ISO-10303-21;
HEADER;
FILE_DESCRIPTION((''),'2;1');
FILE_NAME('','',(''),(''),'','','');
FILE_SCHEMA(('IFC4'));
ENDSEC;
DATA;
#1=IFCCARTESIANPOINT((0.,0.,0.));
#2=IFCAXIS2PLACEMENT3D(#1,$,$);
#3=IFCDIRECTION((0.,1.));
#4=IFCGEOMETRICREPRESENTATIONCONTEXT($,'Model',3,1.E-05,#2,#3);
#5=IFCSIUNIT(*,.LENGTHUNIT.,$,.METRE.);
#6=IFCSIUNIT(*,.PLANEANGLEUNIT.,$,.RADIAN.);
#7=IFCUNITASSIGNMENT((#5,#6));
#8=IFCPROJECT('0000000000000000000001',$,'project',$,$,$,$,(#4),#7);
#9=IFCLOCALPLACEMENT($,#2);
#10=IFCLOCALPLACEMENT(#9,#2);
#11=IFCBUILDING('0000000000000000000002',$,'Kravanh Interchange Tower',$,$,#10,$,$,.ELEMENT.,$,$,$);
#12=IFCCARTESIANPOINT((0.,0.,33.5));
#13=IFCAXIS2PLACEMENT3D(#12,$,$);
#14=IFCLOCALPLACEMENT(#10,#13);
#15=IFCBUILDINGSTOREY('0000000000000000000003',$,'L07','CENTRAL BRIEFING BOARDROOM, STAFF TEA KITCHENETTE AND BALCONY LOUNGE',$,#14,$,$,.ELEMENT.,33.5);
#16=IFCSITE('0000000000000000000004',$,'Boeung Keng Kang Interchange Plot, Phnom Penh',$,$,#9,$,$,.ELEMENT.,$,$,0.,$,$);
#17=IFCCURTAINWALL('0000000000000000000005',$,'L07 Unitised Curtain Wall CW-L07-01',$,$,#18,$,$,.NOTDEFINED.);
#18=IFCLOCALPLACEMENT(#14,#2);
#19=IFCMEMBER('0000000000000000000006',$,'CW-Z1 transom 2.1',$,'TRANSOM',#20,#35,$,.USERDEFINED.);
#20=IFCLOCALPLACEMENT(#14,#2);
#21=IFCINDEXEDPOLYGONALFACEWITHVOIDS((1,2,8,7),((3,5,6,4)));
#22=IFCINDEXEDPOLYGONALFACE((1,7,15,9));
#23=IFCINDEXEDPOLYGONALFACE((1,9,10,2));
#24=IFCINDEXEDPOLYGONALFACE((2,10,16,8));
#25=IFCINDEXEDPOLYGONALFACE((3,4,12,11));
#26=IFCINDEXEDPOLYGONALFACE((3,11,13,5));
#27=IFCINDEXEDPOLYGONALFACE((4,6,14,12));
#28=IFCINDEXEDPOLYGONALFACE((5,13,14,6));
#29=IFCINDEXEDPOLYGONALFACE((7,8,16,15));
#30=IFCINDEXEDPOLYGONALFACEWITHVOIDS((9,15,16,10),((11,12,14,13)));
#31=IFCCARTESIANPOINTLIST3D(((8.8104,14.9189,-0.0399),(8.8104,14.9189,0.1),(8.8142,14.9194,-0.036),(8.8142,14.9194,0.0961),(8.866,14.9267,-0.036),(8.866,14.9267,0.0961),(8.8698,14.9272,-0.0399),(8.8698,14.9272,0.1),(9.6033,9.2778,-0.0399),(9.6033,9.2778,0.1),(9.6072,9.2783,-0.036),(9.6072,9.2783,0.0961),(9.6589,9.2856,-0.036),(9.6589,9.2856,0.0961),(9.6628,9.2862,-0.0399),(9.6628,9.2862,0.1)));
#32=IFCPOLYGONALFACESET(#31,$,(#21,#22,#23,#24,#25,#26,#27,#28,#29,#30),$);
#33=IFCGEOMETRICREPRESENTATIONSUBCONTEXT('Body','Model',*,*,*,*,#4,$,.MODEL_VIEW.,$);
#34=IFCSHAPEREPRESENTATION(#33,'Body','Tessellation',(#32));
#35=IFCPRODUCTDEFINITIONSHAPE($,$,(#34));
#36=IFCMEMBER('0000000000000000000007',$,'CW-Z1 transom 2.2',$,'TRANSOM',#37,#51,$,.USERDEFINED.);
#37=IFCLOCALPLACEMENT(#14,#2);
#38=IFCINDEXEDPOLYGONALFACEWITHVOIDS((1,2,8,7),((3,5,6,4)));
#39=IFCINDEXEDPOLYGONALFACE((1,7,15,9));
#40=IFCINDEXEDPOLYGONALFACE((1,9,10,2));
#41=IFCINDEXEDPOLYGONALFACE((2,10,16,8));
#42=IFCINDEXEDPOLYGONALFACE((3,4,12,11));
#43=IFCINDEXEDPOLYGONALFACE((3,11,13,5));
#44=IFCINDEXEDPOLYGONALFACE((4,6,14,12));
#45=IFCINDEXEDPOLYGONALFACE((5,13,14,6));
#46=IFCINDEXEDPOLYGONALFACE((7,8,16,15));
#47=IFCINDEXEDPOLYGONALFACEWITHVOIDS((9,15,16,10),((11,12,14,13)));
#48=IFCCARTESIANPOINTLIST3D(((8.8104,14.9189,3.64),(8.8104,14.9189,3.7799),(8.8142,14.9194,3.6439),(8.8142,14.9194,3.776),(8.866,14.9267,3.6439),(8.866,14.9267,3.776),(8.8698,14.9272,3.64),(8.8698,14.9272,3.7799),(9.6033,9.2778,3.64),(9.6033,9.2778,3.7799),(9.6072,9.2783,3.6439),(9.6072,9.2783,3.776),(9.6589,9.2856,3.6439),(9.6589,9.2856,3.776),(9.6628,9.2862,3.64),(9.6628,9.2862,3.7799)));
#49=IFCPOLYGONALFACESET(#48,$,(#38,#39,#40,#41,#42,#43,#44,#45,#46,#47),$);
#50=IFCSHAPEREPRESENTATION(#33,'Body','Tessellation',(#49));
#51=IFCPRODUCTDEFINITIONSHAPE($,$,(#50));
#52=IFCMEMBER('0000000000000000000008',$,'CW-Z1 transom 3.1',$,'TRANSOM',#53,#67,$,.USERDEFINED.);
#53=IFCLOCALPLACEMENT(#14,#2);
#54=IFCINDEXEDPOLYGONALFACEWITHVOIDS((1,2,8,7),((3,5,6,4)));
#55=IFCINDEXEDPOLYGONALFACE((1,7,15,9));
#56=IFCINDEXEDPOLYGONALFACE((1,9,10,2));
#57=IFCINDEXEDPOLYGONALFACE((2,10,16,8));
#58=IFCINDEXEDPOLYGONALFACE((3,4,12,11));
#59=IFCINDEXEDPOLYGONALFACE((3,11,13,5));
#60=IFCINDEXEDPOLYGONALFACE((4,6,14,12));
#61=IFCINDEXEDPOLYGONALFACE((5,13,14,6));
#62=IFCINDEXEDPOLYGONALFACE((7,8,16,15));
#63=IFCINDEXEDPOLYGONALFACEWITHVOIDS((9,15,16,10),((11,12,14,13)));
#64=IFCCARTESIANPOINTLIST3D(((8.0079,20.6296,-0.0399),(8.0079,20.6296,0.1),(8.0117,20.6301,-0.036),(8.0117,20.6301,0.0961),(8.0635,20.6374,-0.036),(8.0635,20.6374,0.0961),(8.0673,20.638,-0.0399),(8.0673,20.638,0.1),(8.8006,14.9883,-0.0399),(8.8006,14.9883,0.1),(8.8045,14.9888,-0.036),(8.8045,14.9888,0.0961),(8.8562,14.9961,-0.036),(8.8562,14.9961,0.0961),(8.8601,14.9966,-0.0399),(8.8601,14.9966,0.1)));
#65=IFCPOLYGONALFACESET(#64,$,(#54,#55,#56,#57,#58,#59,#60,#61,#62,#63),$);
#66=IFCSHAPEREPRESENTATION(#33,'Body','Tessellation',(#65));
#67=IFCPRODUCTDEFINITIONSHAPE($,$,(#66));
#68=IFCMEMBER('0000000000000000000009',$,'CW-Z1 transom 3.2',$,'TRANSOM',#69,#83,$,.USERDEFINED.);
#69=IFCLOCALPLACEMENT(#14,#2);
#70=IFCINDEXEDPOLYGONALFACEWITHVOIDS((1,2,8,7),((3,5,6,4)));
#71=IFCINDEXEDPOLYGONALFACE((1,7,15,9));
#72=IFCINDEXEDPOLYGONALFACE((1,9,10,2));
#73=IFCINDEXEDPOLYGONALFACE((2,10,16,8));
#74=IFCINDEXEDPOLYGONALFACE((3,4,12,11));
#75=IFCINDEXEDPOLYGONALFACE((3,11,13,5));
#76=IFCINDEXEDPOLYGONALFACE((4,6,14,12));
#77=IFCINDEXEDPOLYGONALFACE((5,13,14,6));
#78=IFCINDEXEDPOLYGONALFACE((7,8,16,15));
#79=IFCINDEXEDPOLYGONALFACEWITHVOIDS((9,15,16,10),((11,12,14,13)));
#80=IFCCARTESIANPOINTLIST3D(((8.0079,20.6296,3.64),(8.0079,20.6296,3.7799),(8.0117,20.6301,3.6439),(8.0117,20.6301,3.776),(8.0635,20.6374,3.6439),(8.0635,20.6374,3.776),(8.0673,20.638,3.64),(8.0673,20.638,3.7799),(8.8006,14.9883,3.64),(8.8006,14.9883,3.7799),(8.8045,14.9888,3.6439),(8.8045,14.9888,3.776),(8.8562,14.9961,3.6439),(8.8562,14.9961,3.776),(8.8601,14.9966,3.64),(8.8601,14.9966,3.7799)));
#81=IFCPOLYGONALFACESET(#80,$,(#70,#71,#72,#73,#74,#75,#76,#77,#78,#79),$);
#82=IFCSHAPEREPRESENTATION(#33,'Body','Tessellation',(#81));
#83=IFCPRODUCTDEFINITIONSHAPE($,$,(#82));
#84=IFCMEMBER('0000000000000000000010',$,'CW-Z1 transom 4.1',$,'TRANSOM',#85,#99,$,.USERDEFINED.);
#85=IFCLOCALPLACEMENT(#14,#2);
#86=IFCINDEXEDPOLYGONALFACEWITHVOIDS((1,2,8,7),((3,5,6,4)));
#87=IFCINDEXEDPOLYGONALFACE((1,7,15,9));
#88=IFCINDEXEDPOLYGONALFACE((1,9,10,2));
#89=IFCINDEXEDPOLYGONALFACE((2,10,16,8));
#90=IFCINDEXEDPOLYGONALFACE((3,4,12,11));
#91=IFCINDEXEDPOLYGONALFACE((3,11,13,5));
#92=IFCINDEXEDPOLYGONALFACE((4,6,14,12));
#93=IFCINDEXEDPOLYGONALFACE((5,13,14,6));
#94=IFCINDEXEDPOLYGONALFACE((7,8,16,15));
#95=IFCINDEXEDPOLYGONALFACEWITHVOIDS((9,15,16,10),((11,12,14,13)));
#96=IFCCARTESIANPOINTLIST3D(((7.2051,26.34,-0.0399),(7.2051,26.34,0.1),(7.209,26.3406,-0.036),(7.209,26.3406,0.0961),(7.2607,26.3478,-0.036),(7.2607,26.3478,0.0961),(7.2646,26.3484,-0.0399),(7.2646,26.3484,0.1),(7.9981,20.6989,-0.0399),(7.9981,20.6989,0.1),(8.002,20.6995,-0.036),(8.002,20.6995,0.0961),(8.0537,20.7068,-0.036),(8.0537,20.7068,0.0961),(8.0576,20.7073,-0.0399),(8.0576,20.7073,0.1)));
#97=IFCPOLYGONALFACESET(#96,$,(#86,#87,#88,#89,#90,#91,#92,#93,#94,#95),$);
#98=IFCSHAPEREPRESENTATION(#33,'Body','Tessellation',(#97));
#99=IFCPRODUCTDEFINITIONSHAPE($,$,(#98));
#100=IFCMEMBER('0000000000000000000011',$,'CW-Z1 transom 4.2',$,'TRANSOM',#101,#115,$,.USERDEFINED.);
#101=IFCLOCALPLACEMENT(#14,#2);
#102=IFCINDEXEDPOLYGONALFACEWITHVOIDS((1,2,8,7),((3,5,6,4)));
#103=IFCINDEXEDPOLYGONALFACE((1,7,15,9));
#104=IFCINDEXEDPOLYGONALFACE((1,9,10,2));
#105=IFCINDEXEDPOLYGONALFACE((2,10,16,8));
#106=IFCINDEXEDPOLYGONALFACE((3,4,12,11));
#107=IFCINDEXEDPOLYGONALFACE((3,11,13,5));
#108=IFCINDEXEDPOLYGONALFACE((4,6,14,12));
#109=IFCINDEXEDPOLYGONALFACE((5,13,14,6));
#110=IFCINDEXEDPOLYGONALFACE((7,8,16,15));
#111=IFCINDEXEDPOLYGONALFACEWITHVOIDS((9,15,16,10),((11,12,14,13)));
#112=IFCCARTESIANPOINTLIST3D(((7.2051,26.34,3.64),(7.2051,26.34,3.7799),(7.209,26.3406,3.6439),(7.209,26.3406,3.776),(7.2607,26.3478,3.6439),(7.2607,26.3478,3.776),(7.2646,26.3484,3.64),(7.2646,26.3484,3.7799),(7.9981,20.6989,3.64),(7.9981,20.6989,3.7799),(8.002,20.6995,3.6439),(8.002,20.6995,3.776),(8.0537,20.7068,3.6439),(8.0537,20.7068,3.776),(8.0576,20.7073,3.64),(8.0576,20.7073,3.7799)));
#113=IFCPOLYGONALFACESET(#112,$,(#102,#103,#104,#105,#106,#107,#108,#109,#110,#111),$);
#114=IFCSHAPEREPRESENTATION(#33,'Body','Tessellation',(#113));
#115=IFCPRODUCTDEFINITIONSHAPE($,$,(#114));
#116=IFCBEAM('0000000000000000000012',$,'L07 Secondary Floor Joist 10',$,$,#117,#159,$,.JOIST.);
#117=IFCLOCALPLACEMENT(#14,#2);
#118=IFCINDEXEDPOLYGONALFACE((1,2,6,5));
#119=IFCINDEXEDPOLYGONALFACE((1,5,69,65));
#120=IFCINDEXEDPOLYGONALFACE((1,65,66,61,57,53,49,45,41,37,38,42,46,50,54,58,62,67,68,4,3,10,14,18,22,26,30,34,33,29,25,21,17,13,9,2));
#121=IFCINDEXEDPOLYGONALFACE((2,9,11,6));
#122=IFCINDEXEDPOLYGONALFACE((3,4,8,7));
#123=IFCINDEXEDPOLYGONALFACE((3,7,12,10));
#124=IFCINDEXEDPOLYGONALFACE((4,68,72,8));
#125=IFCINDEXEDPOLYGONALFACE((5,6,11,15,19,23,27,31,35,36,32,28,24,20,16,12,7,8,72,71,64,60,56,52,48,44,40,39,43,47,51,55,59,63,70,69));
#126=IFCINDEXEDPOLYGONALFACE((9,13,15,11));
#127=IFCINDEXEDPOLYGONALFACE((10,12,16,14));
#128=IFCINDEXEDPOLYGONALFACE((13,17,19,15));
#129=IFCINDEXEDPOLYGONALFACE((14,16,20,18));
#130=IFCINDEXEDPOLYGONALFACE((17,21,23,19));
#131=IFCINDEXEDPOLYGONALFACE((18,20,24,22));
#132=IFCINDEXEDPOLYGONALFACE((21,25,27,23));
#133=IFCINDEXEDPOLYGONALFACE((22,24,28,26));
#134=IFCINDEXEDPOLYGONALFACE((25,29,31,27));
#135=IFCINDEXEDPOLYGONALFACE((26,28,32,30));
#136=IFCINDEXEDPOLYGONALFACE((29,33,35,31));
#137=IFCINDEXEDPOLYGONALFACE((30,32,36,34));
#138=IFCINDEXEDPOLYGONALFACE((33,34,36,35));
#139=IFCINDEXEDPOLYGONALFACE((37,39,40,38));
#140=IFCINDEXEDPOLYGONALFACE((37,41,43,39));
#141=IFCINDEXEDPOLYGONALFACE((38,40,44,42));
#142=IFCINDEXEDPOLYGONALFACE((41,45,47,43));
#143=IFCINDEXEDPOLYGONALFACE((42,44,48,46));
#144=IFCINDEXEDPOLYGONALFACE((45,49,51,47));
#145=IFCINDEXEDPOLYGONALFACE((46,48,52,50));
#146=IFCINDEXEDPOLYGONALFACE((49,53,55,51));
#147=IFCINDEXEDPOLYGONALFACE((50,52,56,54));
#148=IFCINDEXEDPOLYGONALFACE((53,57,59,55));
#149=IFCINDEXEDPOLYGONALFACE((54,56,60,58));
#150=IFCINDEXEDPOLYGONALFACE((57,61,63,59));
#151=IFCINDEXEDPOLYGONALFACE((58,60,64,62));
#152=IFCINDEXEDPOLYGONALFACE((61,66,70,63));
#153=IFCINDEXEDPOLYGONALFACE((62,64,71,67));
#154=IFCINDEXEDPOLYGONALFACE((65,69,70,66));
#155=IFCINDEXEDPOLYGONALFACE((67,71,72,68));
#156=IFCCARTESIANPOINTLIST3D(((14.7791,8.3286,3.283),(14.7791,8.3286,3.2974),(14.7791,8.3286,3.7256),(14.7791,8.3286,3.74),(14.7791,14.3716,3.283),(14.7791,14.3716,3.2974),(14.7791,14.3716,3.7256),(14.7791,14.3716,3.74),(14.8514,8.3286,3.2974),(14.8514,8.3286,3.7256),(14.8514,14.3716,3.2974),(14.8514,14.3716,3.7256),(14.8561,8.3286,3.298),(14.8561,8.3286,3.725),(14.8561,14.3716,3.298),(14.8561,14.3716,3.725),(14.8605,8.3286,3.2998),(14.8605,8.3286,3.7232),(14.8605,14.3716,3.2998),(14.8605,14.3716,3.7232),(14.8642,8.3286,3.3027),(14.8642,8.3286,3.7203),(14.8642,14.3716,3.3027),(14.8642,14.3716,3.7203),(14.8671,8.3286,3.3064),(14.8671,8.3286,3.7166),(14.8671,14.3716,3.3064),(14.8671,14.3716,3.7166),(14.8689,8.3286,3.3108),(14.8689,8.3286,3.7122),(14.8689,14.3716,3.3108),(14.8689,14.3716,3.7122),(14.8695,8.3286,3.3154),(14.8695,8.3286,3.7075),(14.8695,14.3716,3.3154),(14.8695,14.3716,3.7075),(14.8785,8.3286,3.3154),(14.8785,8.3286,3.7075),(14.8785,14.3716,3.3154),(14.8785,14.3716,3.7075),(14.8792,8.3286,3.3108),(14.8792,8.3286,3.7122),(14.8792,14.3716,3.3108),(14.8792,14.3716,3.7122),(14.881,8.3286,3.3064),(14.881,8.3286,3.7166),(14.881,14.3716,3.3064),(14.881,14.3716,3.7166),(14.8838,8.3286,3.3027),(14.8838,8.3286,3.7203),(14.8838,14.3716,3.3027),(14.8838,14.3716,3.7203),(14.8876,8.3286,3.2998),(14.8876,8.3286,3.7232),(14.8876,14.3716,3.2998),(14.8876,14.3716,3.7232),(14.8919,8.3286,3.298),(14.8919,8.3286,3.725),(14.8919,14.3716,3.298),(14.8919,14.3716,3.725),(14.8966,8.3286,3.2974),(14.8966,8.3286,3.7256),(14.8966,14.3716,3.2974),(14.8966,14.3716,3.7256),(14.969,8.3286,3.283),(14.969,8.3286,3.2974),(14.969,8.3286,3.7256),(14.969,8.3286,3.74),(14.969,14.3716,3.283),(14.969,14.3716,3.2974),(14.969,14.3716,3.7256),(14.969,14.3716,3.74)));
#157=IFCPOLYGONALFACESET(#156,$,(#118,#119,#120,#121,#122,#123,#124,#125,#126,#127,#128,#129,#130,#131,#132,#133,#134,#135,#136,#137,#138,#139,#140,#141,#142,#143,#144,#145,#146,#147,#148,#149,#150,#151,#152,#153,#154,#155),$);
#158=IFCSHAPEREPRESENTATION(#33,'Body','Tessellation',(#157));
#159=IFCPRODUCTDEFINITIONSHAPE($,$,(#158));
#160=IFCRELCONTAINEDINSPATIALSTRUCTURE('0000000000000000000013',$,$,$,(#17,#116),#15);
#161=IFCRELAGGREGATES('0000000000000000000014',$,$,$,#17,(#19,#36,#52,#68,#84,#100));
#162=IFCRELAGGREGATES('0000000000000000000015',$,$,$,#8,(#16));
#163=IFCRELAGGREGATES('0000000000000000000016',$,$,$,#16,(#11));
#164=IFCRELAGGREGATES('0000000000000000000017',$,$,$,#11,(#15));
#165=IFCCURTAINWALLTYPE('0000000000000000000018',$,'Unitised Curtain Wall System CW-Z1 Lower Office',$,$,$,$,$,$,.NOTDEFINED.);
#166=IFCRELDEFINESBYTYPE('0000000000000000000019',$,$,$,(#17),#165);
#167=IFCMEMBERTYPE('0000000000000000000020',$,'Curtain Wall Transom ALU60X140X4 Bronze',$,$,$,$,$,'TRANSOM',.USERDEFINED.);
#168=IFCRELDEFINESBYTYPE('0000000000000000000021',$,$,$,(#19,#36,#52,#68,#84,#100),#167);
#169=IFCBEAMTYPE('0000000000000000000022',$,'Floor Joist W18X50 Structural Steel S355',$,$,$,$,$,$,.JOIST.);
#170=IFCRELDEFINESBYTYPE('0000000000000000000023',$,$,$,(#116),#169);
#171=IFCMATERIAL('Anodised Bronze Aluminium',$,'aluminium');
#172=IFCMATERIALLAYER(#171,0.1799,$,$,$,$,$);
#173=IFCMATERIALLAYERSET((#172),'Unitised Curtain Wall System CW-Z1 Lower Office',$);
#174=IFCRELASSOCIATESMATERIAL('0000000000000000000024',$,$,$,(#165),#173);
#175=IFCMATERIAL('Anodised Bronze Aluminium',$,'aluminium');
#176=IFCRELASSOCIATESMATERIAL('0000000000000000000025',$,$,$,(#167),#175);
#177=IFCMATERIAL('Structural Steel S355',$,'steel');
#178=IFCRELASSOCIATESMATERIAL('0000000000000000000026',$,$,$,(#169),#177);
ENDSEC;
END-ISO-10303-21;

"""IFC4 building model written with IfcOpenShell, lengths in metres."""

from ifc_helpers import new_model, si_unit, direction, frame, origin, origin_2d, place, context, subcontext, project, spatial, hollow_rectangle, i_section, extrude, material, layer, layer_set, material_profile, profile_set, type_object, element, aggregate, save


model = new_model("IFC4")

# Units and contexts
model_context = context("Model", 3, precision=1e-05, world=origin(), true_north=direction((0.0, 1.0)))
body_context = subcontext(model_context, "Body", "Model", "MODEL_VIEW")
ifc_project = project(units=[si_unit("LENGTHUNIT", "METRE"), si_unit("PLANEANGLEUNIT", "RADIAN")], contexts=[model_context])

# Site, building, storey
site_placement = place(None, origin())
site = spatial("IfcSite", under=ifc_project, at=site_placement, Name="Boeung Keng Kang Interchange Plot, Phnom Penh", CompositionType="ELEMENT", RefElevation=0.0)
building_placement = place(site_placement, origin())
building = spatial("IfcBuilding", under=site, at=building_placement, Name="Kravanh Interchange Tower", CompositionType="ELEMENT")
storey_placement = place(building_placement, frame((0.0, 0.0, 33.5)))
storey = spatial("IfcBuildingStorey", under=building, at=storey_placement, Name="L07", Description="CENTRAL BRIEFING BOARDROOM, STAFF TEA KITCHENETTE AND BALCONY LOUNGE", CompositionType="ELEMENT", Elevation=33.5)

# Curtain wall, members
ifc_material_1 = material(Name="Anodised Bronze Aluminium", Category="aluminium")
ifc_layer_1 = layer(ifc_material_1, 0.1799)
ifc_layer_set_1 = layer_set([ifc_layer_1], Name="Unitised Curtain Wall System CW-Z1 Lower Office")
curtain_wall_type = type_object("IfcCurtainWallType", Name="Unitised Curtain Wall System CW-Z1 Lower Office", PredefinedType="NOTDEFINED", material=ifc_layer_set_1)
curtain_wall_placement = place(storey_placement, origin())
curtain_wall = element("IfcCurtainWall", 1, at=curtain_wall_placement, inside=storey, type_object=curtain_wall_type, Name="L07 Unitised Curtain Wall CW-L07-01", PredefinedType="NOTDEFINED")
ifc_material_2 = material(Name="Anodised Bronze Aluminium", Category="aluminium")
ifc_material_profile_1 = material_profile(ifc_material_2, hollow_rectangle(XDim=0.0601, YDim=0.1399, WallThickness=0.0039, at=origin_2d()), Name="ALU60X140X4")
ifc_profile_set_1 = profile_set([ifc_material_profile_1], Name="Anodised Bronze Aluminium")
member_type_1 = type_object("IfcMemberType", Name="Curtain Wall Transom ALU60X140X4 Bronze", ElementType="TRANSOM", PredefinedType="USERDEFINED", material=ifc_profile_set_1)
member_1_placement = place(storey_placement, frame((9.6331, 9.282, 0.03), z_axis=(-0.139201, 0.990264, 0.0), x_axis=(-0.990264, -0.139201, 0.0)))
member_1 = element("IfcMember", 2, at=member_1_placement, type_object=member_type_1, Name="CW-Z1 transom 2.1", ObjectType="TRANSOM", PredefinedType="USERDEFINED", context=body_context, shape_type="SweptSolid", body=[
    extrude(hollow_rectangle(XDim=0.0601, YDim=0.1399, WallThickness=0.0039, at=origin_2d()), origin(), (0.0, 0.0, 1.0), 5.6965),
])
member_2_placement = place(storey_placement, frame((9.6331, 9.282, 3.71), z_axis=(-0.139201, 0.990264, 0.0), x_axis=(-0.990264, -0.139201, 0.0)))
member_2 = element("IfcMember", 3, at=member_2_placement, type_object=member_type_1, Name="CW-Z1 transom 2.2", ObjectType="TRANSOM", PredefinedType="USERDEFINED", context=body_context, shape_type="SweptSolid", body=[
    extrude(hollow_rectangle(XDim=0.0601, YDim=0.1399, WallThickness=0.0039, at=origin_2d()), origin(), (0.0, 0.0, 1.0), 5.6965),
])
member_3_placement = place(storey_placement, frame((8.8303, 14.9924, 0.03), z_axis=(-0.139153, 0.990271, 0.0), x_axis=(-0.990271, -0.139153, 0.0)))
member_3 = element("IfcMember", 4, at=member_3_placement, type_object=member_type_1, Name="CW-Z1 transom 3.1", ObjectType="TRANSOM", PredefinedType="USERDEFINED", context=body_context, shape_type="SweptSolid", body=[
    extrude(hollow_rectangle(XDim=0.0601, YDim=0.1399, WallThickness=0.0039, at=origin_2d()), origin(), (0.0, 0.0, 1.0), 5.6968),
])
member_4_placement = place(storey_placement, frame((8.8303, 14.9924, 3.71), z_axis=(-0.139153, 0.990271, 0.0), x_axis=(-0.990271, -0.139153, 0.0)))
member_4 = element("IfcMember", 5, at=member_4_placement, type_object=member_type_1, Name="CW-Z1 transom 3.2", ObjectType="TRANSOM", PredefinedType="USERDEFINED", context=body_context, shape_type="SweptSolid", body=[
    extrude(hollow_rectangle(XDim=0.0601, YDim=0.1399, WallThickness=0.0039, at=origin_2d()), origin(), (0.0, 0.0, 1.0), 5.6968),
])
member_5_placement = place(storey_placement, frame((8.0278, 20.7031, 0.03), z_axis=(-0.139201, 0.990264, 0.0), x_axis=(-0.990264, -0.139201, 0.0)))
member_5 = element("IfcMember", 6, at=member_5_placement, type_object=member_type_1, Name="CW-Z1 transom 4.1", ObjectType="TRANSOM", PredefinedType="USERDEFINED", context=body_context, shape_type="SweptSolid", body=[
    extrude(hollow_rectangle(XDim=0.0601, YDim=0.1399, WallThickness=0.0039, at=origin_2d()), origin(), (0.0, 0.0, 1.0), 5.6965),
])
member_6_placement = place(storey_placement, frame((8.0278, 20.7031, 3.71), z_axis=(-0.139201, 0.990264, 0.0), x_axis=(-0.990264, -0.139201, 0.0)))
member_6 = element("IfcMember", 7, at=member_6_placement, type_object=member_type_1, Name="CW-Z1 transom 4.2", ObjectType="TRANSOM", PredefinedType="USERDEFINED", context=body_context, shape_type="SweptSolid", body=[
    extrude(hollow_rectangle(XDim=0.0601, YDim=0.1399, WallThickness=0.0039, at=origin_2d()), origin(), (0.0, 0.0, 1.0), 5.6965),
])

# Beam
ifc_material_3 = material(Name="Structural Steel S355", Category="steel")
ifc_material_profile_2 = material_profile(ifc_material_3, i_section(OverallWidth=0.1899, OverallDepth=0.457, WebThickness=0.009, FlangeThickness=0.0144, FilletRadius=0.0181, at=origin_2d()), Name="W18X50")
ifc_profile_set_2 = profile_set([ifc_material_profile_2], Name="Structural Steel S355")
beam_type_1 = type_object("IfcBeamType", Name="Floor Joist W18X50 Structural Steel S355", PredefinedType="JOIST", material=ifc_profile_set_2)
beam_1_placement = place(storey_placement, frame((14.874, 8.3286, 3.5115), z_axis=(0.0, 1.0, 0.0), x_axis=(-1.0, 0.0, 0.0)))
element("IfcBeam", 8, at=beam_1_placement, inside=storey, type_object=beam_type_1, Name="L07 Secondary Floor Joist 10", PredefinedType="JOIST", context=body_context, shape_type="SweptSolid", body=[
    extrude(i_section(OverallWidth=0.1899, OverallDepth=0.457, WebThickness=0.009, FlangeThickness=0.0144, FilletRadius=0.0181, at=origin_2d()), origin(), (0.0, 0.0, 1.0), 6.043),
])

aggregate(curtain_wall, [member_1, member_2, member_3, member_4, member_5, member_6])

save(model, "model.ifc")
